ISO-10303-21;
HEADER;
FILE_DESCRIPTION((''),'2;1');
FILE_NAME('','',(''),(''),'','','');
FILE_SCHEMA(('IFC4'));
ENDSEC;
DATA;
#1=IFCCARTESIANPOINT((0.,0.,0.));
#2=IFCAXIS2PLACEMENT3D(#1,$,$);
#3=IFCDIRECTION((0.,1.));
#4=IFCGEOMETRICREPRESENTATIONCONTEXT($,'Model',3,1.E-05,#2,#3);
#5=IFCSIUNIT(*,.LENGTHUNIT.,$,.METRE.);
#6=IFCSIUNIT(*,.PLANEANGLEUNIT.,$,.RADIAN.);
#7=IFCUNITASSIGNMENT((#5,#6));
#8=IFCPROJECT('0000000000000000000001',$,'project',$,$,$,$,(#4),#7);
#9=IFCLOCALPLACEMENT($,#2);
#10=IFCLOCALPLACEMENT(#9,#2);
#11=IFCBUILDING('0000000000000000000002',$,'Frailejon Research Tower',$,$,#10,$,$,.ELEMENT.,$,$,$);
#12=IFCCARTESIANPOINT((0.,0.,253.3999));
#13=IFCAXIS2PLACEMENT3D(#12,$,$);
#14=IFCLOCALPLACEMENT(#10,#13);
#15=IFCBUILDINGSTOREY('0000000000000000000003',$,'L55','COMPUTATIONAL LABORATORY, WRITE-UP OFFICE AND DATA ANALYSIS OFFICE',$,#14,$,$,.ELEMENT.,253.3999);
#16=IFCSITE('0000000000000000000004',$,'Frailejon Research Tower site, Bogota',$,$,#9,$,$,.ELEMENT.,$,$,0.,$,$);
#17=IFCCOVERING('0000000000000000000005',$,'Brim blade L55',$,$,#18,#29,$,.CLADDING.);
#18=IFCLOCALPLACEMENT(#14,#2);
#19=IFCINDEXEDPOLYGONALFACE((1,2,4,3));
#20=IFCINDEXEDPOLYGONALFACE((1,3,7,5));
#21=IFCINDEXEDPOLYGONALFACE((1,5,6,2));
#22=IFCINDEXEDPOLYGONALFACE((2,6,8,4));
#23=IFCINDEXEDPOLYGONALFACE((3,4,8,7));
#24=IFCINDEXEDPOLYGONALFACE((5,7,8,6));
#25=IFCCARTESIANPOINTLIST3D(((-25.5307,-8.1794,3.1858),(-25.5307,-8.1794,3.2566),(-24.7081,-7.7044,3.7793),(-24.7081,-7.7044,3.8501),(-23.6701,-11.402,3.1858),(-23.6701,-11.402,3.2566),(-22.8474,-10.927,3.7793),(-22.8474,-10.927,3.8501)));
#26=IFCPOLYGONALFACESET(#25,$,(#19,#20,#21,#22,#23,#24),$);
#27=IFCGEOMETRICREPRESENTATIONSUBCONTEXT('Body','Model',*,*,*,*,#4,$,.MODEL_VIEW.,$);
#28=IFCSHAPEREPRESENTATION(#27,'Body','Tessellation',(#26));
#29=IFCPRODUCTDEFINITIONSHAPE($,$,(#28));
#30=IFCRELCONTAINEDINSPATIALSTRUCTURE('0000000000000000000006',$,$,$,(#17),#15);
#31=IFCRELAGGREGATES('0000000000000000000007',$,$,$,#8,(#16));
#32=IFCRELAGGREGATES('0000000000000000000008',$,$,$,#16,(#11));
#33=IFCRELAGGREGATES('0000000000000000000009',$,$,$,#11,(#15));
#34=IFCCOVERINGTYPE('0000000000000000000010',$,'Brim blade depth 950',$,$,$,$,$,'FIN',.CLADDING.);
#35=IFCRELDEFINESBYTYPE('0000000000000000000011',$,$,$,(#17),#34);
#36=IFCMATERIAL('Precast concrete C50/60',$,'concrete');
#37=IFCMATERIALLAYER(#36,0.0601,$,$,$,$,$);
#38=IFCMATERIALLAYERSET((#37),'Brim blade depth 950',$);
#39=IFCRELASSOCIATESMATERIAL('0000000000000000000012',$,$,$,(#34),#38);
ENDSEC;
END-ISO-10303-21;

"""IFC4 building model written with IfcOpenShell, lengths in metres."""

from ifc_helpers import new_model, si_unit, direction, frame, origin, place, context, subcontext, project, spatial, polyline, outline, extrude, material, layer, layer_set, type_object, element, save


model = new_model("IFC4")

# Units and contexts
model_context = context("Model", 3, precision=1e-05, world=origin(), true_north=direction((0.0, 1.0)))
body_context = subcontext(model_context, "Body", "Model", "MODEL_VIEW")
ifc_project = project(units=[si_unit("LENGTHUNIT", "METRE"), si_unit("PLANEANGLEUNIT", "RADIAN")], contexts=[model_context])

# Site, building, storey
site_placement = place(None, origin())
site = spatial("IfcSite", under=ifc_project, at=site_placement, Name="Frailejon Research Tower site, Bogota", CompositionType="ELEMENT", RefElevation=0.0)
building_placement = place(site_placement, origin())
building = spatial("IfcBuilding", under=site, at=building_placement, Name="Frailejon Research Tower", CompositionType="ELEMENT")
storey_placement = place(building_placement, frame((0.0, 0.0, 253.3999)))
storey = spatial("IfcBuildingStorey", under=building, at=storey_placement, Name="L55", Description="COMPUTATIONAL LABORATORY, WRITE-UP OFFICE AND DATA ANALYSIS OFFICE", CompositionType="ELEMENT", Elevation=253.3999)

# Covering
ifc_material_1 = material(Name="Precast concrete C50/60", Category="concrete")
ifc_layer_1 = layer(ifc_material_1, 0.0601)
ifc_layer_set_1 = layer_set([ifc_layer_1], Name="Brim blade depth 950")
covering_type_1 = type_object("IfcCoveringType", Name="Brim blade depth 950", ElementType="FIN", PredefinedType="CLADDING", material=ifc_layer_set_1)
covering_1_placement = place(storey_placement, frame((-22.8474, -10.927, 3.8501), z_axis=(-0.500015, 0.866017, 0.0), x_axis=(-0.866017, -0.500015, 0.0)))
element("IfcCovering", 1, at=covering_1_placement, inside=storey, type_object=covering_type_1, Name="Brim blade L55", PredefinedType="CLADDING", context=body_context, shape_type="SweptSolid", body=[
    extrude(outline(polyline([(0.0, -0.0708), (0.95, -0.6643), (0.95, -0.5935), (0.0, 0.0), (0.0, -0.0708)])), origin(), (0.0, 0.0, 1.0), 3.7212),
])

save(model, "model.ifc")
